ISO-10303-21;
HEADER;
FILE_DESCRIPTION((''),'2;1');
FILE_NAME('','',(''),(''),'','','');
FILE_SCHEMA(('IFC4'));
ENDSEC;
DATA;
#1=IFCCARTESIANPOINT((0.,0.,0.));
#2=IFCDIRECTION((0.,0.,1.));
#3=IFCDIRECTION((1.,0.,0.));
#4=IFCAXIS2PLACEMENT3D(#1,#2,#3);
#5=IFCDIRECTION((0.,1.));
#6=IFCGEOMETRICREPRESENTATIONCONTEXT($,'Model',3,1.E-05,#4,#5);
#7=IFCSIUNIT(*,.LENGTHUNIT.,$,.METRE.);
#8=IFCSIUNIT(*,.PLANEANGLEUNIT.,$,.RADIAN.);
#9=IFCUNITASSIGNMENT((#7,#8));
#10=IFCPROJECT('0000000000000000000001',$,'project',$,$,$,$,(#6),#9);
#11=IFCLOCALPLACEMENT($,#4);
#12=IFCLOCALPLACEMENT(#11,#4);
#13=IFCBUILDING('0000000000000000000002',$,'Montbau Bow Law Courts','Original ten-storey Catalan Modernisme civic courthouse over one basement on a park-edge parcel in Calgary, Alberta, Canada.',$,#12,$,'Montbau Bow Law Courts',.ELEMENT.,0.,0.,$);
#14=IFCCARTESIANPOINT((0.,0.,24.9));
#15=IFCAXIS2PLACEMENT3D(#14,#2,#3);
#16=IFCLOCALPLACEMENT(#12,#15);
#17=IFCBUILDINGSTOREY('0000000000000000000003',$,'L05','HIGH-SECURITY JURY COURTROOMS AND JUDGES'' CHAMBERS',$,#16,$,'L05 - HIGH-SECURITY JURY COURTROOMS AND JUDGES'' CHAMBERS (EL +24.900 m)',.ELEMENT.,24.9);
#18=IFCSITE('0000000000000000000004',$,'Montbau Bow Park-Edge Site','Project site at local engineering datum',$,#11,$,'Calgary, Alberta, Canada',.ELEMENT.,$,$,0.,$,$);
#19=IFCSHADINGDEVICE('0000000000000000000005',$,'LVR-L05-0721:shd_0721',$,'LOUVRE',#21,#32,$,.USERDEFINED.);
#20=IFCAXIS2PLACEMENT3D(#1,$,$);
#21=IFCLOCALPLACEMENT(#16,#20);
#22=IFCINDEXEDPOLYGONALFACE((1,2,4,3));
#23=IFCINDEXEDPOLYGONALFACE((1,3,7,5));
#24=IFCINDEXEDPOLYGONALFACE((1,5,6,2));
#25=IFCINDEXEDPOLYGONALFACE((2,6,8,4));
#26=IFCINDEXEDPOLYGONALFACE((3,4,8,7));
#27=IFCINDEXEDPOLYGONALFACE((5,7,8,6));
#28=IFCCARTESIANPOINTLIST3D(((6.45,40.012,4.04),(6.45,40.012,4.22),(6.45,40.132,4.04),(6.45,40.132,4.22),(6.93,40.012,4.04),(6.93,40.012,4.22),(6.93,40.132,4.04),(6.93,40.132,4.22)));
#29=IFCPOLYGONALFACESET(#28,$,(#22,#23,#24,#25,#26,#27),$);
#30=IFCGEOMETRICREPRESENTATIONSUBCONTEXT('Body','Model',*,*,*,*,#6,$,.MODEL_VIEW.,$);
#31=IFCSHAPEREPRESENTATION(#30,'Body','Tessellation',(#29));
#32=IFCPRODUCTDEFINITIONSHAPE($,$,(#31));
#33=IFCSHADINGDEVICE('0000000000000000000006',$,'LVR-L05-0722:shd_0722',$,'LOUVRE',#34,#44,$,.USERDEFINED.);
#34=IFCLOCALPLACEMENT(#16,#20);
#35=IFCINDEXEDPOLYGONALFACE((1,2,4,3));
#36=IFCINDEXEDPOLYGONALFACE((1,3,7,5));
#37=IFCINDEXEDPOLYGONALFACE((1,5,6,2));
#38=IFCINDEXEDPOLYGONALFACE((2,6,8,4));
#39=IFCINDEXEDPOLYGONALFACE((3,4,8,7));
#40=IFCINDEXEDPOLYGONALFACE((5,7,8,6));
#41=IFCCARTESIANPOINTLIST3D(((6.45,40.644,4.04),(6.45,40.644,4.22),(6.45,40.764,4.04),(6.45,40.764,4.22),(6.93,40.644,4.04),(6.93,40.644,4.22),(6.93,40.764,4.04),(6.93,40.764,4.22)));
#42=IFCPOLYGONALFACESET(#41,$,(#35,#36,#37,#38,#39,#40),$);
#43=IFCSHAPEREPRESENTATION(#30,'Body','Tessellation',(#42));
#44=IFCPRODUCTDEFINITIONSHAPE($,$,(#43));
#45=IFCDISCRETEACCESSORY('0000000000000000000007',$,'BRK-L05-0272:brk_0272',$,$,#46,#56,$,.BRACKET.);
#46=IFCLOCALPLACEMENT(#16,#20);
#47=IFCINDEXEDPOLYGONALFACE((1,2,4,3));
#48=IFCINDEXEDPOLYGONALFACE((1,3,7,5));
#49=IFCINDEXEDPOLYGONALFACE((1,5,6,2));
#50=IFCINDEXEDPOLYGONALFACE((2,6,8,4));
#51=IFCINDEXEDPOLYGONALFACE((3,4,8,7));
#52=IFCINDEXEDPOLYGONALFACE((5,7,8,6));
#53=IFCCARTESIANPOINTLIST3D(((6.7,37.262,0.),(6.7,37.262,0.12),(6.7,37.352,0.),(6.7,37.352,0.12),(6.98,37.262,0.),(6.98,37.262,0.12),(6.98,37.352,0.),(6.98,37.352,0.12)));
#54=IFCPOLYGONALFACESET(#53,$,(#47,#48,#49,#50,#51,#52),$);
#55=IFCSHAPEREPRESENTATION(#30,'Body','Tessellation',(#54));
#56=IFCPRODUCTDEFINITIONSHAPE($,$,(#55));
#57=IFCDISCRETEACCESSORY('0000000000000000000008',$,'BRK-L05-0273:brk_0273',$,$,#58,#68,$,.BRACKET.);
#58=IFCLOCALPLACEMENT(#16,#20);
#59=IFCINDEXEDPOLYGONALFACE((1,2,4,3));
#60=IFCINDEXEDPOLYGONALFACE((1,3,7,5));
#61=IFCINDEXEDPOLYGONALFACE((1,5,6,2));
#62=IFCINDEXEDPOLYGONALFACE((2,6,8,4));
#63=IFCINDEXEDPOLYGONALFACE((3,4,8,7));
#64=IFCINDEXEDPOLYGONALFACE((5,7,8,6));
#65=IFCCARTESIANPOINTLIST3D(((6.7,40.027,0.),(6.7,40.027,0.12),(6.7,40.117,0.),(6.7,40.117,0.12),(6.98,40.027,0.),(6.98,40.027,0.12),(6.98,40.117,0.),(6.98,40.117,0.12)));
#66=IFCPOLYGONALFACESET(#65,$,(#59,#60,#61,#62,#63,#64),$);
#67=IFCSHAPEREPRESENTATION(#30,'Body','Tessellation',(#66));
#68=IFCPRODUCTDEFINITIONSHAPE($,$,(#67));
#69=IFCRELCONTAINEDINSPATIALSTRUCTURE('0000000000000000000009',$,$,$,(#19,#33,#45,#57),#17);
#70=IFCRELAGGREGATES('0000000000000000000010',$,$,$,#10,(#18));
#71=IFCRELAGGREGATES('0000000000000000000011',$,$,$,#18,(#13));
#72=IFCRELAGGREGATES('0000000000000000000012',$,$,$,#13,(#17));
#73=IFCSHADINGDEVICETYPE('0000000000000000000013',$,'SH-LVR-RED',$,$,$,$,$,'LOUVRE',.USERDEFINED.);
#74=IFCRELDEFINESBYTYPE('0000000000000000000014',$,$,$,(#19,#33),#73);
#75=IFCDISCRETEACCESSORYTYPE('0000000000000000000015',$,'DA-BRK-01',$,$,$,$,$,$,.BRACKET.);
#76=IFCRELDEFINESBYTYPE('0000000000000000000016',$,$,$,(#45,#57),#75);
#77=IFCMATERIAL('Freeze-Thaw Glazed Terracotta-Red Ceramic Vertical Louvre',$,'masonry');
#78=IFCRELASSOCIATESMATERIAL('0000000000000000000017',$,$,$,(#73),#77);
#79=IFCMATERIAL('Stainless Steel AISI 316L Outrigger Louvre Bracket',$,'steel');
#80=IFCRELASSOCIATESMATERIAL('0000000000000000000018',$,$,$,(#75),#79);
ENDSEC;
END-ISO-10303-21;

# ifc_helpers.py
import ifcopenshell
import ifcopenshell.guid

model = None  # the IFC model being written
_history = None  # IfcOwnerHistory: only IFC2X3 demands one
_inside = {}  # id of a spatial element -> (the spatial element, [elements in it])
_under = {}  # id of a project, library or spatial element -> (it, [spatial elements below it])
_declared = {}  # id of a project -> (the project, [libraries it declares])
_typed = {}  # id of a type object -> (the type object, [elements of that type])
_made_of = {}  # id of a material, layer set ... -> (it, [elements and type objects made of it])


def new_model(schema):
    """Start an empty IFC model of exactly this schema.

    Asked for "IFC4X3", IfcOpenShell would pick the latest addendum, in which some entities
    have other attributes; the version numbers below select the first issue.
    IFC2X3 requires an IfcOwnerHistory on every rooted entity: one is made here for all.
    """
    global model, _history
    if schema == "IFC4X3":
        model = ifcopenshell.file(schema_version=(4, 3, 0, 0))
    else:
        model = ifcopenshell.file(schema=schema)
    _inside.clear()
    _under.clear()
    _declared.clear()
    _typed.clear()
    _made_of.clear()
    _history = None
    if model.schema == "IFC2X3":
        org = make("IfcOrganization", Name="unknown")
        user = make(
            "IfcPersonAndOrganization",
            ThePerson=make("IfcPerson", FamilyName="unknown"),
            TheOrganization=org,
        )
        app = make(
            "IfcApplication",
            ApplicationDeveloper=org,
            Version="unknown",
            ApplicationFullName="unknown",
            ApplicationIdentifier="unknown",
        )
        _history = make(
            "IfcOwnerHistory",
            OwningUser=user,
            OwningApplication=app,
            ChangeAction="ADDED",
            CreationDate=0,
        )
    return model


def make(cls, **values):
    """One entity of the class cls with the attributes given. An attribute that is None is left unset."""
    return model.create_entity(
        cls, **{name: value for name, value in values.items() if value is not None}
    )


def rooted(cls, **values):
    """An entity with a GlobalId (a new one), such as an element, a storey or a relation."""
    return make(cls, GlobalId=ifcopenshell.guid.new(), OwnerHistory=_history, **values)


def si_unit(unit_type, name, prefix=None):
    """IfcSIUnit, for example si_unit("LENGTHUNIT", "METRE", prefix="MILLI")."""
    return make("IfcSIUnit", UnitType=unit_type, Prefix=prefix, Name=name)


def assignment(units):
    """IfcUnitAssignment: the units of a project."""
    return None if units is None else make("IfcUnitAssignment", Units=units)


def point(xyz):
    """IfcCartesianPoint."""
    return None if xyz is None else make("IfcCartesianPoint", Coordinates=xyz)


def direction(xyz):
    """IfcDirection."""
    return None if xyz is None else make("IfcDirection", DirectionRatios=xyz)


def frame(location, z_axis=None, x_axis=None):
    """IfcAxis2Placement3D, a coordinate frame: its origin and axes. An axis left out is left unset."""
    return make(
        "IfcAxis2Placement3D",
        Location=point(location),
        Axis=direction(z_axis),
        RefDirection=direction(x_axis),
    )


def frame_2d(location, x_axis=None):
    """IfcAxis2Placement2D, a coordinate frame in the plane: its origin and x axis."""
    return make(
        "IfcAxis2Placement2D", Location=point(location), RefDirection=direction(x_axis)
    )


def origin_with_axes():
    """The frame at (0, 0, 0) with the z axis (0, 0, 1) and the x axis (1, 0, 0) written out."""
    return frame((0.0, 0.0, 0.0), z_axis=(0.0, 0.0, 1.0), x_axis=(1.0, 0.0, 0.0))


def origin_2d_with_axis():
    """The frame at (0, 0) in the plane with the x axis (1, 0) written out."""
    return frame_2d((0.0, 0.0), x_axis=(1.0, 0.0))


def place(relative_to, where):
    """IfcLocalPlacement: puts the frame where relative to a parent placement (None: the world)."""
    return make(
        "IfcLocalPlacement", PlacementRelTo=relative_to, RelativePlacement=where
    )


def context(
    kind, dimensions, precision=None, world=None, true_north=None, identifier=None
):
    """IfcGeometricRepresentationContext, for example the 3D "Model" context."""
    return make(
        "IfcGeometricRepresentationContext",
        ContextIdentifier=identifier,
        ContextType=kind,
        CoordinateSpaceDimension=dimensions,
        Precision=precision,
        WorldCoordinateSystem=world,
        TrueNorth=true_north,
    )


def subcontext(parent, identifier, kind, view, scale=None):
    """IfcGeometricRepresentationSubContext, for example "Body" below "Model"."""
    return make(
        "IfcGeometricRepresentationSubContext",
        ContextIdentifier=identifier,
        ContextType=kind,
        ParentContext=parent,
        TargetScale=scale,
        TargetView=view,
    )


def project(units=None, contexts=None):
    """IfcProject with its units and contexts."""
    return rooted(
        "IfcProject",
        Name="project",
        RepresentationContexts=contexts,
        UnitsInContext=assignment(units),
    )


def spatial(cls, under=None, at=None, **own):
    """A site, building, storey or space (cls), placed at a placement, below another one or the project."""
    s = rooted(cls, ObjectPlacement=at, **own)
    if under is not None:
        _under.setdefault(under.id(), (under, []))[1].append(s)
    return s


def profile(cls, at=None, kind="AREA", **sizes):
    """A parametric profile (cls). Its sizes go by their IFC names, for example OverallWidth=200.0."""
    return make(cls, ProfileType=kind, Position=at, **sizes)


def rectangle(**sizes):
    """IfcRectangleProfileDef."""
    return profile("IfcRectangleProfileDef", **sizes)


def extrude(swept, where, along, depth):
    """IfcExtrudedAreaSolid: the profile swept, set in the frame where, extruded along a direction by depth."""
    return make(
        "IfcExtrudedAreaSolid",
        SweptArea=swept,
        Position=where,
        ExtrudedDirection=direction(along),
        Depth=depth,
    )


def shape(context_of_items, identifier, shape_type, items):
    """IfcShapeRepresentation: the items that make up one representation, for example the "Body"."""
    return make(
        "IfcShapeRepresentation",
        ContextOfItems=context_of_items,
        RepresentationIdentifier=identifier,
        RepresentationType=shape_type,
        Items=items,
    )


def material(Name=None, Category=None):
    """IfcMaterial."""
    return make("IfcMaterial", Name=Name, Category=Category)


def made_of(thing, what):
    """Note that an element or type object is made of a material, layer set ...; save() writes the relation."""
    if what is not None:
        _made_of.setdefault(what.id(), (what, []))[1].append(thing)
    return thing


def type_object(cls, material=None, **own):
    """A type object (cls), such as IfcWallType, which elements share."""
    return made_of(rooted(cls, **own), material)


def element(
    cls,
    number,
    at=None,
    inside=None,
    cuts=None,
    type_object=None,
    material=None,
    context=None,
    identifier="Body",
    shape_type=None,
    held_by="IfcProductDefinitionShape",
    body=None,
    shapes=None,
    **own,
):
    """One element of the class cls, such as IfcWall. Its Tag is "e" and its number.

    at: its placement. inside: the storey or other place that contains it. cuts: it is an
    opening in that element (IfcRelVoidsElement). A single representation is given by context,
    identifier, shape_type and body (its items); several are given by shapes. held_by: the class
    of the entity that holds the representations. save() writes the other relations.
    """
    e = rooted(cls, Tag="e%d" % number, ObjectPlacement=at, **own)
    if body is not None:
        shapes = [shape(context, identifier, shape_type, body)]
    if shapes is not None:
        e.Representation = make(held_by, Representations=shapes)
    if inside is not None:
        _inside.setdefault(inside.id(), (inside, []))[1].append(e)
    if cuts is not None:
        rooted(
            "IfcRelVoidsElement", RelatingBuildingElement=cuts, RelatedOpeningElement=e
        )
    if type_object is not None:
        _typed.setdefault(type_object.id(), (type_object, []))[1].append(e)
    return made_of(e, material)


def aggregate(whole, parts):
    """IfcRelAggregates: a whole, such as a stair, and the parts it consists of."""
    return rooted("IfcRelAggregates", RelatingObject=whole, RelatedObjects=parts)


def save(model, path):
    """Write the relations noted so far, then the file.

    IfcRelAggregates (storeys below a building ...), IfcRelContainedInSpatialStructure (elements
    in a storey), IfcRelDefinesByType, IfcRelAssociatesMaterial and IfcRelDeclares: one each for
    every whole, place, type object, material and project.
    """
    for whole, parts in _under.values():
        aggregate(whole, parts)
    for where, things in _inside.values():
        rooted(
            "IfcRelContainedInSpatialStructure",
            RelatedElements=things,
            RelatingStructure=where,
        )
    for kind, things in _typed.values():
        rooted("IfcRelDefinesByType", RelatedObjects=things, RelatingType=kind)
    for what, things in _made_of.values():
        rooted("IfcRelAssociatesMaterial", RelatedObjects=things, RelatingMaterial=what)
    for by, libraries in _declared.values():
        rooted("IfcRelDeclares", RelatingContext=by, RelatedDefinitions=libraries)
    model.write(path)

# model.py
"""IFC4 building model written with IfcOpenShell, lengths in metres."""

from ifc_helpers import new_model, si_unit, direction, frame, origin_with_axes, origin_2d_with_axis, place, context, subcontext, project, spatial, rectangle, extrude, material, type_object, element, save


model = new_model("IFC4")

# Units and contexts
model_context = context("Model", 3, precision=1e-05, world=origin_with_axes(), true_north=direction((0.0, 1.0)))
body_context = subcontext(model_context, "Body", "Model", "MODEL_VIEW")
ifc_project = project(units=[si_unit("LENGTHUNIT", "METRE"), si_unit("PLANEANGLEUNIT", "RADIAN")], contexts=[model_context])

# Site, building, storey
site_placement = place(None, origin_with_axes())
site = spatial("IfcSite", under=ifc_project, at=site_placement, Name="Montbau Bow Park-Edge Site", Description="Project site at local engineering datum", LongName="Calgary, Alberta, Canada", CompositionType="ELEMENT", RefElevation=0.0)
building_placement = place(site_placement, origin_with_axes())
building = spatial("IfcBuilding", under=site, at=building_placement, Name="Montbau Bow Law Courts", Description="Original ten-storey Catalan Modernisme civic courthouse over one basement on a park-edge parcel in Calgary, Alberta, Canada.", LongName="Montbau Bow Law Courts", CompositionType="ELEMENT", ElevationOfRefHeight=0.0, ElevationOfTerrain=0.0)
storey_placement = place(building_placement, frame((0.0, 0.0, 24.9), z_axis=(0.0, 0.0, 1.0), x_axis=(1.0, 0.0, 0.0)))
storey = spatial("IfcBuildingStorey", under=building, at=storey_placement, Name="L05", Description="HIGH-SECURITY JURY COURTROOMS AND JUDGES' CHAMBERS", LongName="L05 - HIGH-SECURITY JURY COURTROOMS AND JUDGES' CHAMBERS (EL +24.900 m)", CompositionType="ELEMENT", Elevation=24.9)

# Shared definitions
ifc_material_1 = material(Name="Freeze-Thaw Glazed Terracotta-Red Ceramic Vertical Louvre", Category="masonry")

# Shading devices
shading_device_type = type_object("IfcShadingDeviceType", Name="SH-LVR-RED", ElementType="LOUVRE", PredefinedType="USERDEFINED", material=ifc_material_1)
for number, where, z_axis, x_axis, name in (
    (1, (6.69, 40.072, 28.94), (0.0, 0.0, 1.0), (-1.0, 0.0, 0.0), "LVR-L05-0721:shd_0721"),
    (2, (6.69, 40.704, 28.94), (0.0, 0.0, 1.0), (-1.0, 0.0, 0.0), "LVR-L05-0722:shd_0722"),
):
    element("IfcShadingDevice", number, at=place(None, frame(where, z_axis=z_axis, x_axis=x_axis)), inside=storey, type_object=shading_device_type, Name=name, ObjectType="LOUVRE", PredefinedType="USERDEFINED", context=body_context, shape_type="SweptSolid", body=[
        extrude(rectangle(XDim=0.48, YDim=0.12, at=origin_2d_with_axis()), origin_with_axes(), (0.0, 0.0, 1.0), 0.18),
    ])

# Discrete accessories
ifc_material_2 = material(Name="Stainless Steel AISI 316L Outrigger Louvre Bracket", Category="steel")
discrete_accessory_type = type_object("IfcDiscreteAccessoryType", Name="DA-BRK-01", PredefinedType="BRACKET", material=ifc_material_2)
for number, where, z_axis, x_axis, name in (
    (3, (6.84, 37.307, 24.9), (0.0, 0.0, 1.0), (-1.0, 0.0, 0.0), "BRK-L05-0272:brk_0272"),
    (4, (6.84, 40.072, 24.9), (0.0, 0.0, 1.0), (-1.0, 0.0, 0.0), "BRK-L05-0273:brk_0273"),
):
    element("IfcDiscreteAccessory", number, at=place(None, frame(where, z_axis=z_axis, x_axis=x_axis)), inside=storey, type_object=discrete_accessory_type, Name=name, PredefinedType="BRACKET", context=body_context, shape_type="SweptSolid", body=[
        extrude(rectangle(XDim=0.28, YDim=0.09, at=origin_2d_with_axis()), origin_with_axes(), (0.0, 0.0, 1.0), 0.12),
    ])

save(model, "model.ifc")
